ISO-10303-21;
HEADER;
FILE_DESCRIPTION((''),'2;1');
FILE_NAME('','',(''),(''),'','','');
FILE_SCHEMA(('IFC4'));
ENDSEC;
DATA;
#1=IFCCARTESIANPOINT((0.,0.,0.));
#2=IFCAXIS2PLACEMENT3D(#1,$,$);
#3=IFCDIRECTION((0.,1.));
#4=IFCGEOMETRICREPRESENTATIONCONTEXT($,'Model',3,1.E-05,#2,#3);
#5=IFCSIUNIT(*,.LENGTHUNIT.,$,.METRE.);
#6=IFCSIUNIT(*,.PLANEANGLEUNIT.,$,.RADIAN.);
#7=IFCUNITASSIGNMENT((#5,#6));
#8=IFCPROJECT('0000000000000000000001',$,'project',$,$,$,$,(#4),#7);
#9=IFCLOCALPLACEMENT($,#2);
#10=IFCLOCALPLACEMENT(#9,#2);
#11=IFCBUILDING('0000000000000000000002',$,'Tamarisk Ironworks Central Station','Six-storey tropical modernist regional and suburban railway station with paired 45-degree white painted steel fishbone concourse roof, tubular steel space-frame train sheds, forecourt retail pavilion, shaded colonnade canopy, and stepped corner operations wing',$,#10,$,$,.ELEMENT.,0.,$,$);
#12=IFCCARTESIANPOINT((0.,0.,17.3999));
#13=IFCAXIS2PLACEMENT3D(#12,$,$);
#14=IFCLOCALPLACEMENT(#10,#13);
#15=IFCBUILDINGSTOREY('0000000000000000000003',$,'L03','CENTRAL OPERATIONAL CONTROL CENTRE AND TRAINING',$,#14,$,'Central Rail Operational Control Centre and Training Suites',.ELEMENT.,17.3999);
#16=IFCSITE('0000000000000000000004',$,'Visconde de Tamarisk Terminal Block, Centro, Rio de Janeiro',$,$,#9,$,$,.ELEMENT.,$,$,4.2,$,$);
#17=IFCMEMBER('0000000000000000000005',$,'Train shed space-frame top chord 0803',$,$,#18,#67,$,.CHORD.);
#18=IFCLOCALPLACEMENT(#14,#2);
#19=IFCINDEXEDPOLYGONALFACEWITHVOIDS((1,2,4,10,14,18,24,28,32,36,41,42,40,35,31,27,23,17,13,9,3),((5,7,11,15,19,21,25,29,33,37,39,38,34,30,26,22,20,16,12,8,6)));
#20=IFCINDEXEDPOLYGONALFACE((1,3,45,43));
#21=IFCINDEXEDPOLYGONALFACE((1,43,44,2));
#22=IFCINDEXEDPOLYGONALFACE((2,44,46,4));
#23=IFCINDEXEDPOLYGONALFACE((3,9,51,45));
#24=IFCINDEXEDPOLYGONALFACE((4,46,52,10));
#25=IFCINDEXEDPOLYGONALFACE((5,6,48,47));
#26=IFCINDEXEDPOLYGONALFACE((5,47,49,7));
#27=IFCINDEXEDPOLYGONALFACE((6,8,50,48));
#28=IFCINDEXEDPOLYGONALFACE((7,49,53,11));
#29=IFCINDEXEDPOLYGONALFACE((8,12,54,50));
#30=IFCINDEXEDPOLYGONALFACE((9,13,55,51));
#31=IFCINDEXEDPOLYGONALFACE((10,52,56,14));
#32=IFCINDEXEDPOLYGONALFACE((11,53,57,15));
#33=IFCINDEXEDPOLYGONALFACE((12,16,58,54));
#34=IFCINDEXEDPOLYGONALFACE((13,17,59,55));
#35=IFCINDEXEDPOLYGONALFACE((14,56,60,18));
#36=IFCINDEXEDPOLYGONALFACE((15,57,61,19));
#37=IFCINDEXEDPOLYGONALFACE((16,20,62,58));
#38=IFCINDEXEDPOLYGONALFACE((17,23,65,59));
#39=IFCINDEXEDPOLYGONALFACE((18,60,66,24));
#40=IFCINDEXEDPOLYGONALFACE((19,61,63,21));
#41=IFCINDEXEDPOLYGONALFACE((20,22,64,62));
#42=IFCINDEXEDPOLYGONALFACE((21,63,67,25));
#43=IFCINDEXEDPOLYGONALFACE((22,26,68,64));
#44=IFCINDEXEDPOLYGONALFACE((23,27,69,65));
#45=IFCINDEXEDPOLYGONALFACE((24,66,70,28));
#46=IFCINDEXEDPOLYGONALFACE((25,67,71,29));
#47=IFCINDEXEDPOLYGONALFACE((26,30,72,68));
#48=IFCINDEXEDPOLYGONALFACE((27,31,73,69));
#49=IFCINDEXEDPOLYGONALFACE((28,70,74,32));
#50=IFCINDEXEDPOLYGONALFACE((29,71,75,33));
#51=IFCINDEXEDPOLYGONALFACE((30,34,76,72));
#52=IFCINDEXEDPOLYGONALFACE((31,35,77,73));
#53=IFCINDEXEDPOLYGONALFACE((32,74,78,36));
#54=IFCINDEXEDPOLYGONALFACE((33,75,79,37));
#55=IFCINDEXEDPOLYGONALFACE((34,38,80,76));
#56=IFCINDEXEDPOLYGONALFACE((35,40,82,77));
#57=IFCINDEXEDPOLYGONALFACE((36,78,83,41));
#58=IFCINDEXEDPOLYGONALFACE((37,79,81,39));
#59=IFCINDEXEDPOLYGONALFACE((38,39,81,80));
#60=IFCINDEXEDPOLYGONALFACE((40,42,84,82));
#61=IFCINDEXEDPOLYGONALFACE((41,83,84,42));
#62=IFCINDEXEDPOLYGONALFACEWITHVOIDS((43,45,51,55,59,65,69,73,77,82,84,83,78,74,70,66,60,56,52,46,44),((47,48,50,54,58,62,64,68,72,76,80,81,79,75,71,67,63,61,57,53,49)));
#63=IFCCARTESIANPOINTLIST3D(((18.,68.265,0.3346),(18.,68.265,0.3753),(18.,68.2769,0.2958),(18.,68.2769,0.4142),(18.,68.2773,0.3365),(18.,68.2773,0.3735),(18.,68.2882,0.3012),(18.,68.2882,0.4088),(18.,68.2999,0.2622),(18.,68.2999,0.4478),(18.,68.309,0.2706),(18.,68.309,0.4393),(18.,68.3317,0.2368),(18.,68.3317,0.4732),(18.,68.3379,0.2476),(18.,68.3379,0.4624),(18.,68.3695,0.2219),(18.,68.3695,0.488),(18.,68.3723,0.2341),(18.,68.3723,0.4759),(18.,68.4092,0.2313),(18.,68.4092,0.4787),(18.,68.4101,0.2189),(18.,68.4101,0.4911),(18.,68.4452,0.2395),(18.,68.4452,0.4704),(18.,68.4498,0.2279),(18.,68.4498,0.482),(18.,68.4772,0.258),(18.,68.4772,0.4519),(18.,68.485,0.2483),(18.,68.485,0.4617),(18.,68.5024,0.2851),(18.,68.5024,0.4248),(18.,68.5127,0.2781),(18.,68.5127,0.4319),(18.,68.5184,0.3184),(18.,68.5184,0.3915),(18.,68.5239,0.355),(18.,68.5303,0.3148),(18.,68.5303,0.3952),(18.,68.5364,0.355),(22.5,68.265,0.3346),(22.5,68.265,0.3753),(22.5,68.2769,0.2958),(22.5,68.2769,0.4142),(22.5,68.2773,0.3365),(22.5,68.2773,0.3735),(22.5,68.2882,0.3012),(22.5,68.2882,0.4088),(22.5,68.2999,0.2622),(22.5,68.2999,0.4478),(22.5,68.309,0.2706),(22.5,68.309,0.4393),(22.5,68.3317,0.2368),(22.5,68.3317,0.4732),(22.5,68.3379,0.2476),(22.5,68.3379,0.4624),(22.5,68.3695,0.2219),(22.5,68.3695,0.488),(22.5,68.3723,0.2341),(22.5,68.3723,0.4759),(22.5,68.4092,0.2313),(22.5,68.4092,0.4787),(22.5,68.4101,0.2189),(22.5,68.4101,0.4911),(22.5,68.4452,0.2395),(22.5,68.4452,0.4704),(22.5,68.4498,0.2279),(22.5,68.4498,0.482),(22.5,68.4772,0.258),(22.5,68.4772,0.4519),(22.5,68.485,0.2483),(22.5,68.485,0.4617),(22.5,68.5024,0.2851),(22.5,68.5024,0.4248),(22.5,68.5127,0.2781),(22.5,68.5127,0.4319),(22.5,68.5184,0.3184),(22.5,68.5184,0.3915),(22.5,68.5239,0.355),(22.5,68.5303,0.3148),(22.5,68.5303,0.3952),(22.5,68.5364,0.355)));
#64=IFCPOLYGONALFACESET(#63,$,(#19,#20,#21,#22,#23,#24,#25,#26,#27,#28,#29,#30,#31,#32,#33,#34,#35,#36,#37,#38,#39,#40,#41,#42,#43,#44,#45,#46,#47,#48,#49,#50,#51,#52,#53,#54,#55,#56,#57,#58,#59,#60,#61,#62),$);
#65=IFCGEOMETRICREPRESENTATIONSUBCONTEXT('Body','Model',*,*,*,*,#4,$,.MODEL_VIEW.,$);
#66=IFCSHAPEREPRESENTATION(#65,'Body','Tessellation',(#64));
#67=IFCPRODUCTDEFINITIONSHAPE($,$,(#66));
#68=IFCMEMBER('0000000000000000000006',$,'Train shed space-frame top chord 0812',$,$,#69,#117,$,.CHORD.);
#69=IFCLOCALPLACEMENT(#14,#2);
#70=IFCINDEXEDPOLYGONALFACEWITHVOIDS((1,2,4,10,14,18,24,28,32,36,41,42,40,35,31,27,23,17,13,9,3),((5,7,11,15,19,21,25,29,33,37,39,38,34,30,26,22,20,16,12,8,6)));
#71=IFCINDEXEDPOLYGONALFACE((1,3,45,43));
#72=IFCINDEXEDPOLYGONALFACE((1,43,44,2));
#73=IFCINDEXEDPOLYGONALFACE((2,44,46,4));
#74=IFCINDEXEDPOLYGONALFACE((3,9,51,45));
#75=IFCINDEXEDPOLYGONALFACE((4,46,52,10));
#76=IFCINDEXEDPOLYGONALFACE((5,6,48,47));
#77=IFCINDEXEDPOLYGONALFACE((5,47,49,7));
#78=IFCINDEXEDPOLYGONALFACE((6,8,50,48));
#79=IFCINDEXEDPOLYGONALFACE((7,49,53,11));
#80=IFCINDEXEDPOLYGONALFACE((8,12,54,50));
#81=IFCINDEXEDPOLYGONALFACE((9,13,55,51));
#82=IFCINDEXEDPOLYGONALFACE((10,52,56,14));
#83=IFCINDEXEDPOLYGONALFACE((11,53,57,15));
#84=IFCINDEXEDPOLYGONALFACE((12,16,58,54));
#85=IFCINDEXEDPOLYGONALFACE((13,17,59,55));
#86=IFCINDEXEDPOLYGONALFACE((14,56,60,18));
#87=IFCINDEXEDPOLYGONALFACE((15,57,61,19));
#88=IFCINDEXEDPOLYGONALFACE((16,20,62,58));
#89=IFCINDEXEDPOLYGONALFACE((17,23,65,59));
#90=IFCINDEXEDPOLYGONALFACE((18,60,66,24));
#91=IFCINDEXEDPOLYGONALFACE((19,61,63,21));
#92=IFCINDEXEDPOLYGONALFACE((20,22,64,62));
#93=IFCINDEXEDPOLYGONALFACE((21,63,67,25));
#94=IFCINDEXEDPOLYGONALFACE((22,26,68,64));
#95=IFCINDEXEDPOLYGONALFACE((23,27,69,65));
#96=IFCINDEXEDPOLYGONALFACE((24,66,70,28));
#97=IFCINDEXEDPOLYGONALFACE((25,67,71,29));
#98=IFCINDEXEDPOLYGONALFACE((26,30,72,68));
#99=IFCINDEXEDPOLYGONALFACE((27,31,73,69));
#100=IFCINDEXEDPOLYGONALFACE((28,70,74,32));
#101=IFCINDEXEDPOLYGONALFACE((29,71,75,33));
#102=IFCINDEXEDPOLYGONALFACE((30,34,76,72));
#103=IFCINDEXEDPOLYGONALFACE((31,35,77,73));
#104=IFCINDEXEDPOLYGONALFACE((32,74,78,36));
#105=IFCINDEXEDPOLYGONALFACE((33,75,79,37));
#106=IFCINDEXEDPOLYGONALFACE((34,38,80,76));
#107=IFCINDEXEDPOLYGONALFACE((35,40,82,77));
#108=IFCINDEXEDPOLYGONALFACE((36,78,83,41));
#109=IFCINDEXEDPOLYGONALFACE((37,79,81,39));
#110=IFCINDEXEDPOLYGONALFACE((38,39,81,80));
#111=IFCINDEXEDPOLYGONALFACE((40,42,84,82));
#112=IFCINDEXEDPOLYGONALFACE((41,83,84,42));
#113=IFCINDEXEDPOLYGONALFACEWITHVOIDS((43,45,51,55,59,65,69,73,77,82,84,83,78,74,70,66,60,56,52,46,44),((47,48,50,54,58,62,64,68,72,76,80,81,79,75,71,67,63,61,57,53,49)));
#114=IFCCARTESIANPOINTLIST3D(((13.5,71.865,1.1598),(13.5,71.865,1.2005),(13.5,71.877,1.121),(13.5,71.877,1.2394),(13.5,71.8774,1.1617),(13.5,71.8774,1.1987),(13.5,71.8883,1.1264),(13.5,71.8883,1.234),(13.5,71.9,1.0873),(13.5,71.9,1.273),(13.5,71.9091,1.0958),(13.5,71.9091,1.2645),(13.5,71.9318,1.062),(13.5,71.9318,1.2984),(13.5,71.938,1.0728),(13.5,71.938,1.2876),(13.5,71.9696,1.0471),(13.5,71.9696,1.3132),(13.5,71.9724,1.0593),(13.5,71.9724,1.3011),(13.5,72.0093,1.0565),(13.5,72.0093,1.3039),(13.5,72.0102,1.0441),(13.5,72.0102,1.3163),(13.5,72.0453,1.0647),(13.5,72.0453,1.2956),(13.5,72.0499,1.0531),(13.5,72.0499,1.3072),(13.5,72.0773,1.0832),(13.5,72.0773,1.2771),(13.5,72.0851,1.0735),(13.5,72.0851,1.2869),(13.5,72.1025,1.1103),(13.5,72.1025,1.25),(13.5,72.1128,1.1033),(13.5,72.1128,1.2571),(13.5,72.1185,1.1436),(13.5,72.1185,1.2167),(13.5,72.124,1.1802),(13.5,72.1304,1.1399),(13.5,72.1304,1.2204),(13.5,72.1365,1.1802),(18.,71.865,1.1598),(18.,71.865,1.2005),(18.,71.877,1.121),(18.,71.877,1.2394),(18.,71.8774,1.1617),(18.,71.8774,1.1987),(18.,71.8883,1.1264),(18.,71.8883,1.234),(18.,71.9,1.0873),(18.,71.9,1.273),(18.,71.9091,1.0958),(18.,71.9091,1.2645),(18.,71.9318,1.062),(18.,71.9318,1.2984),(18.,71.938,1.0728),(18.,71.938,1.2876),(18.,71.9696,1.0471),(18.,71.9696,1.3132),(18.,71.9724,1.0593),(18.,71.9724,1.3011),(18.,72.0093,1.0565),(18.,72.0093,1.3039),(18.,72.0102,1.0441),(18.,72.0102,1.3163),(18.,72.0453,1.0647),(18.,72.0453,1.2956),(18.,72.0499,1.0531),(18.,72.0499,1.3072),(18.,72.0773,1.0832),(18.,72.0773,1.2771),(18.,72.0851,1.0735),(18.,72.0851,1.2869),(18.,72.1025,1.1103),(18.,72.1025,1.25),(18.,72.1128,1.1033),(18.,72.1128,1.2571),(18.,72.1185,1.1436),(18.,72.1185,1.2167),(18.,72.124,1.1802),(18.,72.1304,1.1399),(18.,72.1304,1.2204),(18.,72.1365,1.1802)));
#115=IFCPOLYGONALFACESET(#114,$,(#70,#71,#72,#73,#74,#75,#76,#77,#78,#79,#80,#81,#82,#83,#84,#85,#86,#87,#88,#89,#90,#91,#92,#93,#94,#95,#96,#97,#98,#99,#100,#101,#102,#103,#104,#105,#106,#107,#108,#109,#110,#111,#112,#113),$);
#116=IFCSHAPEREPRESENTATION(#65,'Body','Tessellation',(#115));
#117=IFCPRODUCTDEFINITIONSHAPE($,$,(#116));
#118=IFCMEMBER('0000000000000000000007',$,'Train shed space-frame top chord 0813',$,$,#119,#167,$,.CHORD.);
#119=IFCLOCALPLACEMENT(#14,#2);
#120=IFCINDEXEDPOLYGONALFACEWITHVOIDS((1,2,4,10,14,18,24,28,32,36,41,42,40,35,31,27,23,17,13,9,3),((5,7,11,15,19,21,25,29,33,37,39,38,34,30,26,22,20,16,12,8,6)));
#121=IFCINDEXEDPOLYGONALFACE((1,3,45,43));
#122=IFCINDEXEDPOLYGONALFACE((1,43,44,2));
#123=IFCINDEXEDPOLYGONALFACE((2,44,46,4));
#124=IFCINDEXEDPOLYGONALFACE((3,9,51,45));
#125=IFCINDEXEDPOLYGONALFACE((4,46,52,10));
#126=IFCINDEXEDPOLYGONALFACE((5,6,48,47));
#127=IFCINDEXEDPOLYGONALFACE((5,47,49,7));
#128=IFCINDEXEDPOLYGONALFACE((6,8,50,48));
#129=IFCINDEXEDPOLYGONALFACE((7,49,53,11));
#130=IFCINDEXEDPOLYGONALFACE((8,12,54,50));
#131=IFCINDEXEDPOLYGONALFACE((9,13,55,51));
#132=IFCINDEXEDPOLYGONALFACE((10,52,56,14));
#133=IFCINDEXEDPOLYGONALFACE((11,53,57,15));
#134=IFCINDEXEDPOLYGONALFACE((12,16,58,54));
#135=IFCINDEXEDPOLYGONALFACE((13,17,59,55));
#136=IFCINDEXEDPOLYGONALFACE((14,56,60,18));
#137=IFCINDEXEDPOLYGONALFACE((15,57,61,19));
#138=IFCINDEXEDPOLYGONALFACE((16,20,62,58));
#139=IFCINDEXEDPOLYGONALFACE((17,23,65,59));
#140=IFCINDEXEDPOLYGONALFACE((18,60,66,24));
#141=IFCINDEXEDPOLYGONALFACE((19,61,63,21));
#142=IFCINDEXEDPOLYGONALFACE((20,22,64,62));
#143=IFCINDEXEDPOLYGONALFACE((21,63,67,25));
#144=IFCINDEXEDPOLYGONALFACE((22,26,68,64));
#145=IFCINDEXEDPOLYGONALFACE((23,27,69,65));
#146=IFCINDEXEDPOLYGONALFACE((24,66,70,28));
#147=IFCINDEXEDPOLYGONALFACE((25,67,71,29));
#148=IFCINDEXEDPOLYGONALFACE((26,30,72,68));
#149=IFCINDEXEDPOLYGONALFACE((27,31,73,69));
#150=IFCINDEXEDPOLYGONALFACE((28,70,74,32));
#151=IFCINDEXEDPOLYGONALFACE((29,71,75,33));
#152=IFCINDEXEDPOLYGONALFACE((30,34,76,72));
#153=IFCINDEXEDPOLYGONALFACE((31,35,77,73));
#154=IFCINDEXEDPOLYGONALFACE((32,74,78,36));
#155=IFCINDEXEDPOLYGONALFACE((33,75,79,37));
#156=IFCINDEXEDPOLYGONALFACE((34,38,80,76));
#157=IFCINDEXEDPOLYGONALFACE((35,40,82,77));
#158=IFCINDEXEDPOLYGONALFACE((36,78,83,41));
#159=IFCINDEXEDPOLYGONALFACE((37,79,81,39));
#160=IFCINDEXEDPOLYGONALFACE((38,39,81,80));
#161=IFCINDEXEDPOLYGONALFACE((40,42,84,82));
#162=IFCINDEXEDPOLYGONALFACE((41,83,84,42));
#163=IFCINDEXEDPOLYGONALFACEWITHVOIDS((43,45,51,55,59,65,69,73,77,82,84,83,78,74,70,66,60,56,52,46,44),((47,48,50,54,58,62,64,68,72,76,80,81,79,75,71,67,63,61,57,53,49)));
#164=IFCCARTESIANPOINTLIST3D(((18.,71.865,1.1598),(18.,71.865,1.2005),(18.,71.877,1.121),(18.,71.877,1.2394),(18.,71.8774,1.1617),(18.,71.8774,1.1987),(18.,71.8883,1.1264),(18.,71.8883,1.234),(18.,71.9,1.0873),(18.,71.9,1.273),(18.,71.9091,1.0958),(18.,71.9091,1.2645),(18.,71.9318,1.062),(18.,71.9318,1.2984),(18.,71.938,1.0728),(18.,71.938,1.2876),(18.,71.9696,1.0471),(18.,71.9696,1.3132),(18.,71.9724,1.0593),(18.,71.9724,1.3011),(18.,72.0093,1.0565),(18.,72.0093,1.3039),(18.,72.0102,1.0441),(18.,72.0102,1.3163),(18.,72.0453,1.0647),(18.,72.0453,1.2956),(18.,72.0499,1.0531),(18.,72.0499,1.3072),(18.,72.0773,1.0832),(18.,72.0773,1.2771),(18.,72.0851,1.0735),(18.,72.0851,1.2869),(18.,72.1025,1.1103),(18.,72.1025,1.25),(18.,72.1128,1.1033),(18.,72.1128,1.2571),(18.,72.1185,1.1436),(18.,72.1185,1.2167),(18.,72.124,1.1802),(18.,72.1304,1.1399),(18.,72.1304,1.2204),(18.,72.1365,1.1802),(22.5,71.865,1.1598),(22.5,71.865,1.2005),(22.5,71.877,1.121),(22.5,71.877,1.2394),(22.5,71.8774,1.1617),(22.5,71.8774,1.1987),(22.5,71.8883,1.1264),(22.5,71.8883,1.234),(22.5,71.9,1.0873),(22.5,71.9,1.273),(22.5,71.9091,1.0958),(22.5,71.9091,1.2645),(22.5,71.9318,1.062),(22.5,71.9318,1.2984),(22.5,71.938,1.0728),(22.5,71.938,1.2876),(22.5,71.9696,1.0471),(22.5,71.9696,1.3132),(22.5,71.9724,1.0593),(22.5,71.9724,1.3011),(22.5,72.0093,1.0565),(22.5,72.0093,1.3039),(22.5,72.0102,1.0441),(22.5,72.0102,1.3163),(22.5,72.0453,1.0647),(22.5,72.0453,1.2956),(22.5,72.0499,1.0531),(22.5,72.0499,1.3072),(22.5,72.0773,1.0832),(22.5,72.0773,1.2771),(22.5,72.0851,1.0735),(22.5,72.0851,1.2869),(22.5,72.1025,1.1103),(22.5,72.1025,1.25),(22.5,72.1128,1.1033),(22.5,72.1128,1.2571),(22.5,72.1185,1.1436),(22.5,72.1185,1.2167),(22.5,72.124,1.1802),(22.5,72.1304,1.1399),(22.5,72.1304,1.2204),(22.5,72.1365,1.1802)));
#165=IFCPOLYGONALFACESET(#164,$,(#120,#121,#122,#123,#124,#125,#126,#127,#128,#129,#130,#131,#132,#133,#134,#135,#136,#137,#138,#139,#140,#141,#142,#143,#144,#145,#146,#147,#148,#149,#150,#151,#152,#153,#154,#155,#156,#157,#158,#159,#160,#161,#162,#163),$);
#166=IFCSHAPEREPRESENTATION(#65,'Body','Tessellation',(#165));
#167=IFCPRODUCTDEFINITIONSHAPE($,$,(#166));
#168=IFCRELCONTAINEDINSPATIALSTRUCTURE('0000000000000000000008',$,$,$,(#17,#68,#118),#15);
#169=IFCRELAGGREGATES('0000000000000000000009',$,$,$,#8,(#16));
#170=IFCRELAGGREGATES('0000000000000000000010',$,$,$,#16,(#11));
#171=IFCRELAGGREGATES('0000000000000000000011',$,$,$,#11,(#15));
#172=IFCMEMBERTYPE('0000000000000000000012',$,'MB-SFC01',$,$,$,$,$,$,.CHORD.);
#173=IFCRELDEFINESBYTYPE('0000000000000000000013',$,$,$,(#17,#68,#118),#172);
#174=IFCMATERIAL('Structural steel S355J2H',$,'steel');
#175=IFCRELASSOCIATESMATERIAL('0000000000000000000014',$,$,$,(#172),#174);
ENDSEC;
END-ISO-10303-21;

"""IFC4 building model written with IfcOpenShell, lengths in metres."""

from ifc_helpers import new_model, si_unit, direction, frame, origin, origin_2d, place, context, subcontext, project, spatial, hollow_circle, extrude, material, material_profile, profile_set, type_object, element, save


model = new_model("IFC4")

# Units and contexts
model_context = context("Model", 3, precision=1e-05, world=origin(), true_north=direction((0.0, 1.0)))
body_context = subcontext(model_context, "Body", "Model", "MODEL_VIEW")
ifc_project = project(units=[si_unit("LENGTHUNIT", "METRE"), si_unit("PLANEANGLEUNIT", "RADIAN")], contexts=[model_context])

# Site, building, storey
site_placement = place(None, origin())
site = spatial("IfcSite", under=ifc_project, at=site_placement, Name="Visconde de Tamarisk Terminal Block, Centro, Rio de Janeiro", CompositionType="ELEMENT", RefElevation=4.2)
building_placement = place(site_placement, origin())
building = spatial("IfcBuilding", under=site, at=building_placement, Name="Tamarisk Ironworks Central Station", Description="Six-storey tropical modernist regional and suburban railway station with paired 45-degree white painted steel fishbone concourse roof, tubular steel space-frame train sheds, forecourt retail pavilion, shaded colonnade canopy, and stepped corner operations wing", CompositionType="ELEMENT", ElevationOfRefHeight=0.0)
storey_placement = place(building_placement, frame((0.0, 0.0, 17.3999)))
storey = spatial("IfcBuildingStorey", under=building, at=storey_placement, Name="L03", Description="CENTRAL OPERATIONAL CONTROL CENTRE AND TRAINING", LongName="Central Rail Operational Control Centre and Training Suites", CompositionType="ELEMENT", Elevation=17.3999)

# Members
ifc_material = material(Name="Structural steel S355J2H", Category="steel")
ifc_material_profile_1 = material_profile(ifc_material, hollow_circle(Radius=0.1365, WallThickness=0.0125, at=origin_2d()), Name="CHS 273x12.5")
ifc_profile_set_1 = profile_set([ifc_material_profile_1], Name="Structural steel S355J2H")
member_type_1 = type_object("IfcMemberType", Name="MB-SFC01", PredefinedType="CHORD", material=ifc_profile_set_1)
for number, where, z_axis, x_axis, name in (
    (1, (18.0, 68.3999, 0.355), (1.0, 0.0, 0.0), (0.0, 1.0, 0.0), "Train shed space-frame top chord 0803"),
    (2, (13.5, 72.0, 1.1802), (1.0, 0.0, 0.0), (0.0, 1.0, 0.0), "Train shed space-frame top chord 0812"),
    (3, (18.0, 72.0, 1.1802), (1.0, 0.0, 0.0), (0.0, 1.0, 0.0), "Train shed space-frame top chord 0813"),
):
    element("IfcMember", number, at=place(storey_placement, frame(where, z_axis=z_axis, x_axis=x_axis)), inside=storey, type_object=member_type_1, Name=name, PredefinedType="CHORD", context=body_context, shape_type="SweptSolid", body=[
        extrude(hollow_circle(Radius=0.1365, WallThickness=0.0125, at=origin_2d()), origin(), (0.0, 0.0, 1.0), 4.5),
    ])

save(model, "model.ifc")
